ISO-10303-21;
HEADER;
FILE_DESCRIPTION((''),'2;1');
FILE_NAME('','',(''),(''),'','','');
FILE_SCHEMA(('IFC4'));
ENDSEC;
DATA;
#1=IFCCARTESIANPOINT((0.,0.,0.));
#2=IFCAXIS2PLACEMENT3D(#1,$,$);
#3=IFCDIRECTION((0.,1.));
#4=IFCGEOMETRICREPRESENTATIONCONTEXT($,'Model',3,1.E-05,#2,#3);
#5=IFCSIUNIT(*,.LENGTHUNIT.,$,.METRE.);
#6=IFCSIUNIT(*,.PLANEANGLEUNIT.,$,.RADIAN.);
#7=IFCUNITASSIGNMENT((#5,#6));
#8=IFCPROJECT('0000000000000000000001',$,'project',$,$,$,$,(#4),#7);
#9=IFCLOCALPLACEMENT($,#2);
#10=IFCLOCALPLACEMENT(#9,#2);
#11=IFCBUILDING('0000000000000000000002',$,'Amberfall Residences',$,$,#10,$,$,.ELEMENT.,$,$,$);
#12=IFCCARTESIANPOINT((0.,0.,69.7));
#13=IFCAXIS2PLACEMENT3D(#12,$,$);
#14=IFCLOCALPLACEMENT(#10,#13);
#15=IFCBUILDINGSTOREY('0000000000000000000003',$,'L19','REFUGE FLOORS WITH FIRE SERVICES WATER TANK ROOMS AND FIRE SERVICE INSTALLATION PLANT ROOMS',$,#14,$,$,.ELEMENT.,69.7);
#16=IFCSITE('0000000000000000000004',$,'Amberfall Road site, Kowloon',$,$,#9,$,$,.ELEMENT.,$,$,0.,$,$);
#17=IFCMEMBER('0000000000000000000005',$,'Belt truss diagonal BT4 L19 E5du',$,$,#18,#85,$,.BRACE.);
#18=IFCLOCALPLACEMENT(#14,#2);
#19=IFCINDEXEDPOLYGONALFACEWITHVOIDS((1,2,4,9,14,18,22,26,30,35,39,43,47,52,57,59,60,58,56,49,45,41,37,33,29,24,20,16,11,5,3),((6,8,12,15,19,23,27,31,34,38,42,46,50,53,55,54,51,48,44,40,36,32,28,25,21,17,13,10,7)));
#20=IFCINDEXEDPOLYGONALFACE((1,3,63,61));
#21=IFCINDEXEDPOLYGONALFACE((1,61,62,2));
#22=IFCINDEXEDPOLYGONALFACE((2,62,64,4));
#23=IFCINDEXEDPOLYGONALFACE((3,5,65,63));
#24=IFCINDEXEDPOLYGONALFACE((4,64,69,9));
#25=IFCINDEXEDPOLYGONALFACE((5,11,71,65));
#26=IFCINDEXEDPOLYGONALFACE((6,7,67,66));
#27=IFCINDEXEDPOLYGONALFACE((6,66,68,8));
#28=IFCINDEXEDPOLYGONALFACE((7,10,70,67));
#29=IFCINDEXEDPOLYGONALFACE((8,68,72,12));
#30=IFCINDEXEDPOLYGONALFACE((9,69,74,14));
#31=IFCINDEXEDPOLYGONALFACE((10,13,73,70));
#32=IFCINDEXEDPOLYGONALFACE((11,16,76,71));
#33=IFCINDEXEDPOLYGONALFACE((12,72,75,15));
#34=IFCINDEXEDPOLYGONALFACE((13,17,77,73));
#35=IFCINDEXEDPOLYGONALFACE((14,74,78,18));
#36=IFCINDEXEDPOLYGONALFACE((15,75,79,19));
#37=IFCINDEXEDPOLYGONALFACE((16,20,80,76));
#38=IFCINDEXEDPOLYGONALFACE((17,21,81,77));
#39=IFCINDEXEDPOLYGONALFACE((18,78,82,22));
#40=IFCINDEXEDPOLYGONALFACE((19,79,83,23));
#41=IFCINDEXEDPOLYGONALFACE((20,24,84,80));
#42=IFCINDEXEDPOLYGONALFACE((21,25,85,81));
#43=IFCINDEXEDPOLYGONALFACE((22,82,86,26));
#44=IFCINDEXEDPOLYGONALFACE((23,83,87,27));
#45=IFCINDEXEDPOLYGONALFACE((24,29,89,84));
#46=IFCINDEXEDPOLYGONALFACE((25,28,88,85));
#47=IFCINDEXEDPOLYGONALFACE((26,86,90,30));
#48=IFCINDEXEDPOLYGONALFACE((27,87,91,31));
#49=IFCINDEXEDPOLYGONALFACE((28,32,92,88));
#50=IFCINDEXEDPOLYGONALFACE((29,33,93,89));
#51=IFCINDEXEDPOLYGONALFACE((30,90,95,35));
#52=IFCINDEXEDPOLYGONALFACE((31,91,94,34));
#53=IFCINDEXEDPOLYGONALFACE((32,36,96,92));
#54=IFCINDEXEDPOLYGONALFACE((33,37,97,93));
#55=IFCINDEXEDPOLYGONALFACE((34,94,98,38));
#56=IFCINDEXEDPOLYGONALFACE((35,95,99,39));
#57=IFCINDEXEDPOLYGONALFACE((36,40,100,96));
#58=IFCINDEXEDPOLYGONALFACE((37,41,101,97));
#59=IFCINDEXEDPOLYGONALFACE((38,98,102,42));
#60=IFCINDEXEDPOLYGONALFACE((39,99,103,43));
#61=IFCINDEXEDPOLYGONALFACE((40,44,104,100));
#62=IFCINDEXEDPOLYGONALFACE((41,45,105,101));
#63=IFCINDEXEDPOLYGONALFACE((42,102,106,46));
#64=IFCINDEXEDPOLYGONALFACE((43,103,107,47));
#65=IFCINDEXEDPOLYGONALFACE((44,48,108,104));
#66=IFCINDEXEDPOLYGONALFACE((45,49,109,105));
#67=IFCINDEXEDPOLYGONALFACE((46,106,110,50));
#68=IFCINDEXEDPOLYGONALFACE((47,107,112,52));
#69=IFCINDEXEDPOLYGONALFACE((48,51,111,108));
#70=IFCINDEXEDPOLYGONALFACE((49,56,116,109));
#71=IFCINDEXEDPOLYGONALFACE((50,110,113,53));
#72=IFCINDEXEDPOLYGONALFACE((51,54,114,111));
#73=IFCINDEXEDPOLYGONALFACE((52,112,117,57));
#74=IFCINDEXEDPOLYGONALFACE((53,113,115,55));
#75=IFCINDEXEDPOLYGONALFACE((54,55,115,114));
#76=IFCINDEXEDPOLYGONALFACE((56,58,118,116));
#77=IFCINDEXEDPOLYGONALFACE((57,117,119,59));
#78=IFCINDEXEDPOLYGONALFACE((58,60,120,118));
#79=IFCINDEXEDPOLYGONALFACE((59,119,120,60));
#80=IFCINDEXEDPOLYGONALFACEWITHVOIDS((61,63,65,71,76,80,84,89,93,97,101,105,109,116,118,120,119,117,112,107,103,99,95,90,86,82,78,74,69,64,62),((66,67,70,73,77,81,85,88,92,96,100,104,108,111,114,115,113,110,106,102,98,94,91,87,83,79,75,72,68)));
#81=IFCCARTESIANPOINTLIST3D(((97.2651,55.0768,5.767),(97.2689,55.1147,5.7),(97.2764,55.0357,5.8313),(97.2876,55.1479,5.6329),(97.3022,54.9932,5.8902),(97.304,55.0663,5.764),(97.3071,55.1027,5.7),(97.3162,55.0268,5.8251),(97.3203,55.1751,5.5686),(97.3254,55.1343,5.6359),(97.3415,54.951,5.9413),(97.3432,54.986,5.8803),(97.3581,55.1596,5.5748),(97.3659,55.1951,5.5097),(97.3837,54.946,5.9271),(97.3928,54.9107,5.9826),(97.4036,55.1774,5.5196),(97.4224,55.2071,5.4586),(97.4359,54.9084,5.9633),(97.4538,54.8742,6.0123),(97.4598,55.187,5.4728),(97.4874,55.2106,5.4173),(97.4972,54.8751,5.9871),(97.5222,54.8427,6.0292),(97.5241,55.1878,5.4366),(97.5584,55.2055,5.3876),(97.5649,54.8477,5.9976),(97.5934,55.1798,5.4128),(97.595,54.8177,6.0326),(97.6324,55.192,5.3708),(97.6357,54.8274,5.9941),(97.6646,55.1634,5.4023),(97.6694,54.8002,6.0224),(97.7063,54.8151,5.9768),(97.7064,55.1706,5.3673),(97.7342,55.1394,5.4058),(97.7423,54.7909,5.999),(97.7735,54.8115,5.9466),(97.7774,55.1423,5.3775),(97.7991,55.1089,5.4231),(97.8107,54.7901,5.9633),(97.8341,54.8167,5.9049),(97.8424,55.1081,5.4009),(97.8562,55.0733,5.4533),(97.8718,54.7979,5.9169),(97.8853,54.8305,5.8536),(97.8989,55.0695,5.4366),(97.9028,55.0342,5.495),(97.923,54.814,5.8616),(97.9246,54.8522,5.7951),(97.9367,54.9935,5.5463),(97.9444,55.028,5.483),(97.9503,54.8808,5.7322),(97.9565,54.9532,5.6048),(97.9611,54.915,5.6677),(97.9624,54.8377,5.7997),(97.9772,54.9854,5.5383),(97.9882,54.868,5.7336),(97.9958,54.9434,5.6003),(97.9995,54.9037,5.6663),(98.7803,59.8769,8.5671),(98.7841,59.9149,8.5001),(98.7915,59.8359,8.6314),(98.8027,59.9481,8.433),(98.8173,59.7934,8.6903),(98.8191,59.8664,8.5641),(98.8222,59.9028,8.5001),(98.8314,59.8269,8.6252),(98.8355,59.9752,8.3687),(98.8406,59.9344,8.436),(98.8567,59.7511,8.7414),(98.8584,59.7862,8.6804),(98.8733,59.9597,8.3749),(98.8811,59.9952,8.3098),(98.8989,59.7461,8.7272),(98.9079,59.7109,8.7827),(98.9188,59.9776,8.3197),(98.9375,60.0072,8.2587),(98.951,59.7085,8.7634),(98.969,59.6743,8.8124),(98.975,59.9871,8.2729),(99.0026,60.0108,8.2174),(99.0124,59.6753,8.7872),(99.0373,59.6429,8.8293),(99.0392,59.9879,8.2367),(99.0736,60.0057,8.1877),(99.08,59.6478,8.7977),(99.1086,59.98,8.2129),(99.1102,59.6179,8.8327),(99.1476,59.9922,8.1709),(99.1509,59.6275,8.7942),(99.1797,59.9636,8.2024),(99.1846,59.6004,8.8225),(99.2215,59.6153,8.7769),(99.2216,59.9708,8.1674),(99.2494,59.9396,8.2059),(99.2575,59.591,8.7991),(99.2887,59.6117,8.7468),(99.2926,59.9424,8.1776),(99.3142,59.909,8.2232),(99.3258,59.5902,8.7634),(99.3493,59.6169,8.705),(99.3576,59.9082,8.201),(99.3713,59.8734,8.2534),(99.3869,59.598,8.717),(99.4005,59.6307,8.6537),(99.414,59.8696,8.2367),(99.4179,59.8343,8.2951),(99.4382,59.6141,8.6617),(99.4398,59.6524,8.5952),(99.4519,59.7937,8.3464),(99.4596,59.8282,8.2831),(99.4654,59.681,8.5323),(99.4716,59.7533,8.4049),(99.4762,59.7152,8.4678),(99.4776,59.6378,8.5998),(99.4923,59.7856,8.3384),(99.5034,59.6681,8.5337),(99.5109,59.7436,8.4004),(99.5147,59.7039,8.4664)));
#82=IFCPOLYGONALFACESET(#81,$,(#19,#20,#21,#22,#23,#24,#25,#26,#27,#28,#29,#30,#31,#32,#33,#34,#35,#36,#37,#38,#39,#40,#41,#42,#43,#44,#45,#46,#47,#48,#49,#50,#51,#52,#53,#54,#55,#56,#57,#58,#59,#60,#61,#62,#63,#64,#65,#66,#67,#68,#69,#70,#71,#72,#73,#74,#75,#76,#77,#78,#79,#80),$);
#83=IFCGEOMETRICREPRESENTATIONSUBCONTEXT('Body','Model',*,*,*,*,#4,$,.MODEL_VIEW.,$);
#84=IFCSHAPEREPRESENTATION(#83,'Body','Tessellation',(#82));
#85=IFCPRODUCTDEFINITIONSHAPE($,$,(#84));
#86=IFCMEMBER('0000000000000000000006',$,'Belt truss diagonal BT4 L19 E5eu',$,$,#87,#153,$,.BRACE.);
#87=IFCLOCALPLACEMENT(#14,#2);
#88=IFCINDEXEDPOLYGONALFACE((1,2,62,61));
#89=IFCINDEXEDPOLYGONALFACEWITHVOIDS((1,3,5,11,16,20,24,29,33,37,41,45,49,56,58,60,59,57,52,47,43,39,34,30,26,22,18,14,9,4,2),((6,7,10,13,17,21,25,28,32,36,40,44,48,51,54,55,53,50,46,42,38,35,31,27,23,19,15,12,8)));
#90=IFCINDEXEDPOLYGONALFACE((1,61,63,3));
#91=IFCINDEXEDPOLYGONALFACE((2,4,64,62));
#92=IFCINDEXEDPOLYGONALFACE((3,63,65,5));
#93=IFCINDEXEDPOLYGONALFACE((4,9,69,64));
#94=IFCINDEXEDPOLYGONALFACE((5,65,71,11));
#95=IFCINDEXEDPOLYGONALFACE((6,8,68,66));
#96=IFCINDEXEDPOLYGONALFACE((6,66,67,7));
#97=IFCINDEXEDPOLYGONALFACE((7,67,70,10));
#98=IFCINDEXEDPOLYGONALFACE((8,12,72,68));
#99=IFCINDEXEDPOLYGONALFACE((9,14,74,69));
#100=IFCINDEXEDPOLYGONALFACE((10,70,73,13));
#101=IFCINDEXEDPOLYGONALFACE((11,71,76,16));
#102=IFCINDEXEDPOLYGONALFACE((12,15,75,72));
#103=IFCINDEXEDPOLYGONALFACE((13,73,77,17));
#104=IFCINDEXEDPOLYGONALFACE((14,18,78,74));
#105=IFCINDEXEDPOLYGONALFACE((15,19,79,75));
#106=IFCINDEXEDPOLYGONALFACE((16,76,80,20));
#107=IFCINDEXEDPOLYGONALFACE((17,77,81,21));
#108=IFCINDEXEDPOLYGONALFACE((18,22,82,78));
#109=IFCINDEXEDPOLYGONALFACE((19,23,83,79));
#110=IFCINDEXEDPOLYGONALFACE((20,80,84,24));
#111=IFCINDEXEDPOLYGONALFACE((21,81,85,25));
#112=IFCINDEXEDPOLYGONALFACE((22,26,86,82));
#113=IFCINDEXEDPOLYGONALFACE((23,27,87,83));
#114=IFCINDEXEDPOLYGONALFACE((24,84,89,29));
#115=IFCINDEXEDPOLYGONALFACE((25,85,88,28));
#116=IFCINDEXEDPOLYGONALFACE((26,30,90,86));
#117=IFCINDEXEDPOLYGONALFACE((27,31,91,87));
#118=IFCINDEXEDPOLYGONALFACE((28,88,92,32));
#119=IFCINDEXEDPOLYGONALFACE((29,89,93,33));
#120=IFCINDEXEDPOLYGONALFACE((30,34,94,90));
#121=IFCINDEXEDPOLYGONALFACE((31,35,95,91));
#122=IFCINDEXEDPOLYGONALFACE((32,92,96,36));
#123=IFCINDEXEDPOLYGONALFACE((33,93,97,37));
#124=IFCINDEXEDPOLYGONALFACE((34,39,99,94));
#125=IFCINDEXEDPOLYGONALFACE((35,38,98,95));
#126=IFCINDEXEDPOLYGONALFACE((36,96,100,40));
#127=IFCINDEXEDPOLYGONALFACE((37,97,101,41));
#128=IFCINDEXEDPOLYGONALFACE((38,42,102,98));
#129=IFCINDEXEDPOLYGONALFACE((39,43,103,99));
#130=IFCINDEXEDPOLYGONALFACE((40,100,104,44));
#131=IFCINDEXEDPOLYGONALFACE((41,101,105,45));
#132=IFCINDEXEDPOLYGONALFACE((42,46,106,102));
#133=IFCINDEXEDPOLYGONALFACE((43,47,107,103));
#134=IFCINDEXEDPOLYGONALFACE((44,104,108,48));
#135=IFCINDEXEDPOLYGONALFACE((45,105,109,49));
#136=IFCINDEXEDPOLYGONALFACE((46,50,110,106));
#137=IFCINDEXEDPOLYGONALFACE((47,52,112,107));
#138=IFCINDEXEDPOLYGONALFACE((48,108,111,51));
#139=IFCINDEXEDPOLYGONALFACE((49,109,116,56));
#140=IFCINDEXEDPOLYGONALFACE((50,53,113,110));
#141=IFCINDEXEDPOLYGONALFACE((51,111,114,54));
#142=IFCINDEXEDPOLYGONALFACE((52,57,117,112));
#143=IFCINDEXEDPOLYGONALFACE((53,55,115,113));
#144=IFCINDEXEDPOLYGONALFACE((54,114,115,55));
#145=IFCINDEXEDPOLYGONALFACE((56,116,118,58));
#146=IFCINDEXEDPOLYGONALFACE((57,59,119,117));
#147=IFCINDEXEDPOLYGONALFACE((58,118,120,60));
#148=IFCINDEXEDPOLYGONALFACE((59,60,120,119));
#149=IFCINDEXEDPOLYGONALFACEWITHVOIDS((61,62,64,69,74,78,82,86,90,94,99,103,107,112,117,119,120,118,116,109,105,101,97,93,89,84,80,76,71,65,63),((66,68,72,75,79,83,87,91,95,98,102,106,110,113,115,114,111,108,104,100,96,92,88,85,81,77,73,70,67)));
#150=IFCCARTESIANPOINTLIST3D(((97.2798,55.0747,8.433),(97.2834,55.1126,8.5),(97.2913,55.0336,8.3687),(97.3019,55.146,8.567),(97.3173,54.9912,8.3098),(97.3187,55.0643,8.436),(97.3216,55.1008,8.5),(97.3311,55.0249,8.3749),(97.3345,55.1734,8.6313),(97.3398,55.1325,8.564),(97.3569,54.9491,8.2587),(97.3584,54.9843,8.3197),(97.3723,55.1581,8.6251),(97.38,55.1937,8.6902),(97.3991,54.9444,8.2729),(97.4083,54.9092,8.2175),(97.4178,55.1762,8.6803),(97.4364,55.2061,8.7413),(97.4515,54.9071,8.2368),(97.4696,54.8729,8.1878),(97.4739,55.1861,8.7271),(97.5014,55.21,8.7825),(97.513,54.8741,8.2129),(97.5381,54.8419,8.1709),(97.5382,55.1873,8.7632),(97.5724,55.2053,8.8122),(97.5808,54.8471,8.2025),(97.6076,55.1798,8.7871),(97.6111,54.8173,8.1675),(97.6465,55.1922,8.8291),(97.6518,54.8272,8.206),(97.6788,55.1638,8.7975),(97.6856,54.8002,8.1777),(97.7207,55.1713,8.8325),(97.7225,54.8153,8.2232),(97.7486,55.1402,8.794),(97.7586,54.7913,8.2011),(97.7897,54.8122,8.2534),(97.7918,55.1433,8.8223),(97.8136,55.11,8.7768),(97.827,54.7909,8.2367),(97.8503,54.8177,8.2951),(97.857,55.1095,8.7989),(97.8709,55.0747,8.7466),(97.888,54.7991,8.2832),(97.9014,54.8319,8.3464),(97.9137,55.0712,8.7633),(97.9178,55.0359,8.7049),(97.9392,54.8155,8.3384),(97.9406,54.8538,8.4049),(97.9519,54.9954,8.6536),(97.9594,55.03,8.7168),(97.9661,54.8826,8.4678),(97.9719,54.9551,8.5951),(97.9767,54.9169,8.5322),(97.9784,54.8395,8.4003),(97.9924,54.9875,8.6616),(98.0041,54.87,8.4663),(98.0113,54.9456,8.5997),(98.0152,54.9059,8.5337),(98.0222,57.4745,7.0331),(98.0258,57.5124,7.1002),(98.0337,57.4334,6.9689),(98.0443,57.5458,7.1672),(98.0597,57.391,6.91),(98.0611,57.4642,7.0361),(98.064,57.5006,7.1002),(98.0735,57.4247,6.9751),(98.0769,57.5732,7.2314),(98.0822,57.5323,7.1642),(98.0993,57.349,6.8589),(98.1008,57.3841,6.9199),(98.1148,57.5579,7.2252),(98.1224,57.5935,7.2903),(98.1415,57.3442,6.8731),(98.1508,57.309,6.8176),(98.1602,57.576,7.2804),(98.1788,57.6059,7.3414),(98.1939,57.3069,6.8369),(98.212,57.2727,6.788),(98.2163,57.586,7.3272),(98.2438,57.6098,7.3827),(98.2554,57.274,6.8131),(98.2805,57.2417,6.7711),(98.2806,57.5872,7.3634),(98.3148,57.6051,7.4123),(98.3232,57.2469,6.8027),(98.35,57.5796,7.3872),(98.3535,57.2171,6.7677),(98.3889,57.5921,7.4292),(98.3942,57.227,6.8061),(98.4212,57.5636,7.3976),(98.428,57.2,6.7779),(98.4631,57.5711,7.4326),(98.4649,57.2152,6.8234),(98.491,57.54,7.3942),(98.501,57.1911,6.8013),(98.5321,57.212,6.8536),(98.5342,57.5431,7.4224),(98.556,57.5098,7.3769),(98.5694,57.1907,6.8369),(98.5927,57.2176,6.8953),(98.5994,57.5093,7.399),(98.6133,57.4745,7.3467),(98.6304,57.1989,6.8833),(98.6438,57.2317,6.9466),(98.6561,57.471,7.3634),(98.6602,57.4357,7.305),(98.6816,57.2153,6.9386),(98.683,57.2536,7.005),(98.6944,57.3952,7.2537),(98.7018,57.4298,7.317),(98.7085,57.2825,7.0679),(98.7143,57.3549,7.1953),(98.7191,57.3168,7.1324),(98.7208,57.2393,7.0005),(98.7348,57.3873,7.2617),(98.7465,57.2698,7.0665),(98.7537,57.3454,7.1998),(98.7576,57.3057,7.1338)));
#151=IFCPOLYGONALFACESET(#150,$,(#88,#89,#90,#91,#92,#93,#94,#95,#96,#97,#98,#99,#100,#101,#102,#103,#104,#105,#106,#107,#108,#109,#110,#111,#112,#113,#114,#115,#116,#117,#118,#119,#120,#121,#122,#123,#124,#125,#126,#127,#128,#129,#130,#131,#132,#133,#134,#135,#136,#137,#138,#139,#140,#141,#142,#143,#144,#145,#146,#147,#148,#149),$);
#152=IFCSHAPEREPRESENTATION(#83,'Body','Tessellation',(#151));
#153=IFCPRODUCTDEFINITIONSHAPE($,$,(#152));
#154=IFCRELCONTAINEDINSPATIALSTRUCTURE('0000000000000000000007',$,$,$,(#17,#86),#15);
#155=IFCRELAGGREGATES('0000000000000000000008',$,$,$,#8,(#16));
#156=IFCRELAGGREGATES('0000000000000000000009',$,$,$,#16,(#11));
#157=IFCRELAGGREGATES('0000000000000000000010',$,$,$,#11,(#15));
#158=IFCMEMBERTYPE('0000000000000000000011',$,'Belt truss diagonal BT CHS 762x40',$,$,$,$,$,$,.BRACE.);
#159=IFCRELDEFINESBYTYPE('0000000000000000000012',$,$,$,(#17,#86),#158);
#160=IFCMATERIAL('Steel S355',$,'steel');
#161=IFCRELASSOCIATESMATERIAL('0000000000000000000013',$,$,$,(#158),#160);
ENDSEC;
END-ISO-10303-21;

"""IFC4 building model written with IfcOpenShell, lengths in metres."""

from ifc_helpers import new_model, si_unit, direction, frame, origin, origin_2d, place, context, subcontext, project, spatial, hollow_circle, extrude, material, material_profile, profile_set, type_object, element, save


model = new_model("IFC4")

# Units and contexts
model_context = context("Model", 3, precision=1e-05, world=origin(), true_north=direction((0.0, 1.0)))
body_context = subcontext(model_context, "Body", "Model", "MODEL_VIEW")
ifc_project = project(units=[si_unit("LENGTHUNIT", "METRE"), si_unit("PLANEANGLEUNIT", "RADIAN")], contexts=[model_context])

# Site, building, storey
site_placement = place(None, origin())
site = spatial("IfcSite", under=ifc_project, at=site_placement, Name="Amberfall Road site, Kowloon", CompositionType="ELEMENT", RefElevation=0.0)
building_placement = place(site_placement, origin())
building = spatial("IfcBuilding", under=site, at=building_placement, Name="Amberfall Residences", CompositionType="ELEMENT")
storey_placement = place(building_placement, frame((0.0, 0.0, 69.7)))
storey = spatial("IfcBuildingStorey", under=building, at=storey_placement, Name="L19", Description="REFUGE FLOORS WITH FIRE SERVICES WATER TANK ROOMS AND FIRE SERVICE INSTALLATION PLANT ROOMS", CompositionType="ELEMENT", Elevation=69.7)

# Shared definitions
ifc_material_1 = material(Name="Steel S355", Category="steel")

# Members
ifc_material_profile_1 = material_profile(ifc_material_1, hollow_circle(Radius=0.3811, WallThickness=0.04, at=origin_2d()), Name="CHS 762x40")
ifc_profile_set_1 = profile_set([ifc_material_profile_1], Name="Steel S355")
member_type_1 = type_object("IfcMemberType", Name="Belt truss diagonal BT CHS 762x40", PredefinedType="BRACE", material=ifc_profile_set_1)
member_1_placement = place(storey_placement, frame((97.6323, 55.0, 5.7), z_axis=(0.263049, 0.833357, 0.486129), x_axis=(-0.953621, 0.301011, 0.0)))
element("IfcMember", 1, at=member_1_placement, inside=storey, type_object=member_type_1, Name="Belt truss diagonal BT4 L19 E5du", PredefinedType="BRACE", context=body_context, shape_type="SweptSolid", body=[
    extrude(hollow_circle(Radius=0.3811, WallThickness=0.04, at=origin_2d()), origin(), (0.0, 0.0, 1.0), 5.76),
])
member_2_placement = place(storey_placement, frame((97.6475, 55.0, 8.5), z_axis=(0.258162, 0.834504, -0.48678), x_axis=(-0.95533, 0.29554, 0.0)))
element("IfcMember", 2, at=member_2_placement, inside=storey, type_object=member_type_1, Name="Belt truss diagonal BT4 L19 E5eu", PredefinedType="BRACE", context=body_context, shape_type="SweptSolid", body=[
    extrude(hollow_circle(Radius=0.3811, WallThickness=0.04, at=origin_2d()), origin(), (0.0, 0.0, 1.0), 2.8757),
])

save(model, "model.ifc")
